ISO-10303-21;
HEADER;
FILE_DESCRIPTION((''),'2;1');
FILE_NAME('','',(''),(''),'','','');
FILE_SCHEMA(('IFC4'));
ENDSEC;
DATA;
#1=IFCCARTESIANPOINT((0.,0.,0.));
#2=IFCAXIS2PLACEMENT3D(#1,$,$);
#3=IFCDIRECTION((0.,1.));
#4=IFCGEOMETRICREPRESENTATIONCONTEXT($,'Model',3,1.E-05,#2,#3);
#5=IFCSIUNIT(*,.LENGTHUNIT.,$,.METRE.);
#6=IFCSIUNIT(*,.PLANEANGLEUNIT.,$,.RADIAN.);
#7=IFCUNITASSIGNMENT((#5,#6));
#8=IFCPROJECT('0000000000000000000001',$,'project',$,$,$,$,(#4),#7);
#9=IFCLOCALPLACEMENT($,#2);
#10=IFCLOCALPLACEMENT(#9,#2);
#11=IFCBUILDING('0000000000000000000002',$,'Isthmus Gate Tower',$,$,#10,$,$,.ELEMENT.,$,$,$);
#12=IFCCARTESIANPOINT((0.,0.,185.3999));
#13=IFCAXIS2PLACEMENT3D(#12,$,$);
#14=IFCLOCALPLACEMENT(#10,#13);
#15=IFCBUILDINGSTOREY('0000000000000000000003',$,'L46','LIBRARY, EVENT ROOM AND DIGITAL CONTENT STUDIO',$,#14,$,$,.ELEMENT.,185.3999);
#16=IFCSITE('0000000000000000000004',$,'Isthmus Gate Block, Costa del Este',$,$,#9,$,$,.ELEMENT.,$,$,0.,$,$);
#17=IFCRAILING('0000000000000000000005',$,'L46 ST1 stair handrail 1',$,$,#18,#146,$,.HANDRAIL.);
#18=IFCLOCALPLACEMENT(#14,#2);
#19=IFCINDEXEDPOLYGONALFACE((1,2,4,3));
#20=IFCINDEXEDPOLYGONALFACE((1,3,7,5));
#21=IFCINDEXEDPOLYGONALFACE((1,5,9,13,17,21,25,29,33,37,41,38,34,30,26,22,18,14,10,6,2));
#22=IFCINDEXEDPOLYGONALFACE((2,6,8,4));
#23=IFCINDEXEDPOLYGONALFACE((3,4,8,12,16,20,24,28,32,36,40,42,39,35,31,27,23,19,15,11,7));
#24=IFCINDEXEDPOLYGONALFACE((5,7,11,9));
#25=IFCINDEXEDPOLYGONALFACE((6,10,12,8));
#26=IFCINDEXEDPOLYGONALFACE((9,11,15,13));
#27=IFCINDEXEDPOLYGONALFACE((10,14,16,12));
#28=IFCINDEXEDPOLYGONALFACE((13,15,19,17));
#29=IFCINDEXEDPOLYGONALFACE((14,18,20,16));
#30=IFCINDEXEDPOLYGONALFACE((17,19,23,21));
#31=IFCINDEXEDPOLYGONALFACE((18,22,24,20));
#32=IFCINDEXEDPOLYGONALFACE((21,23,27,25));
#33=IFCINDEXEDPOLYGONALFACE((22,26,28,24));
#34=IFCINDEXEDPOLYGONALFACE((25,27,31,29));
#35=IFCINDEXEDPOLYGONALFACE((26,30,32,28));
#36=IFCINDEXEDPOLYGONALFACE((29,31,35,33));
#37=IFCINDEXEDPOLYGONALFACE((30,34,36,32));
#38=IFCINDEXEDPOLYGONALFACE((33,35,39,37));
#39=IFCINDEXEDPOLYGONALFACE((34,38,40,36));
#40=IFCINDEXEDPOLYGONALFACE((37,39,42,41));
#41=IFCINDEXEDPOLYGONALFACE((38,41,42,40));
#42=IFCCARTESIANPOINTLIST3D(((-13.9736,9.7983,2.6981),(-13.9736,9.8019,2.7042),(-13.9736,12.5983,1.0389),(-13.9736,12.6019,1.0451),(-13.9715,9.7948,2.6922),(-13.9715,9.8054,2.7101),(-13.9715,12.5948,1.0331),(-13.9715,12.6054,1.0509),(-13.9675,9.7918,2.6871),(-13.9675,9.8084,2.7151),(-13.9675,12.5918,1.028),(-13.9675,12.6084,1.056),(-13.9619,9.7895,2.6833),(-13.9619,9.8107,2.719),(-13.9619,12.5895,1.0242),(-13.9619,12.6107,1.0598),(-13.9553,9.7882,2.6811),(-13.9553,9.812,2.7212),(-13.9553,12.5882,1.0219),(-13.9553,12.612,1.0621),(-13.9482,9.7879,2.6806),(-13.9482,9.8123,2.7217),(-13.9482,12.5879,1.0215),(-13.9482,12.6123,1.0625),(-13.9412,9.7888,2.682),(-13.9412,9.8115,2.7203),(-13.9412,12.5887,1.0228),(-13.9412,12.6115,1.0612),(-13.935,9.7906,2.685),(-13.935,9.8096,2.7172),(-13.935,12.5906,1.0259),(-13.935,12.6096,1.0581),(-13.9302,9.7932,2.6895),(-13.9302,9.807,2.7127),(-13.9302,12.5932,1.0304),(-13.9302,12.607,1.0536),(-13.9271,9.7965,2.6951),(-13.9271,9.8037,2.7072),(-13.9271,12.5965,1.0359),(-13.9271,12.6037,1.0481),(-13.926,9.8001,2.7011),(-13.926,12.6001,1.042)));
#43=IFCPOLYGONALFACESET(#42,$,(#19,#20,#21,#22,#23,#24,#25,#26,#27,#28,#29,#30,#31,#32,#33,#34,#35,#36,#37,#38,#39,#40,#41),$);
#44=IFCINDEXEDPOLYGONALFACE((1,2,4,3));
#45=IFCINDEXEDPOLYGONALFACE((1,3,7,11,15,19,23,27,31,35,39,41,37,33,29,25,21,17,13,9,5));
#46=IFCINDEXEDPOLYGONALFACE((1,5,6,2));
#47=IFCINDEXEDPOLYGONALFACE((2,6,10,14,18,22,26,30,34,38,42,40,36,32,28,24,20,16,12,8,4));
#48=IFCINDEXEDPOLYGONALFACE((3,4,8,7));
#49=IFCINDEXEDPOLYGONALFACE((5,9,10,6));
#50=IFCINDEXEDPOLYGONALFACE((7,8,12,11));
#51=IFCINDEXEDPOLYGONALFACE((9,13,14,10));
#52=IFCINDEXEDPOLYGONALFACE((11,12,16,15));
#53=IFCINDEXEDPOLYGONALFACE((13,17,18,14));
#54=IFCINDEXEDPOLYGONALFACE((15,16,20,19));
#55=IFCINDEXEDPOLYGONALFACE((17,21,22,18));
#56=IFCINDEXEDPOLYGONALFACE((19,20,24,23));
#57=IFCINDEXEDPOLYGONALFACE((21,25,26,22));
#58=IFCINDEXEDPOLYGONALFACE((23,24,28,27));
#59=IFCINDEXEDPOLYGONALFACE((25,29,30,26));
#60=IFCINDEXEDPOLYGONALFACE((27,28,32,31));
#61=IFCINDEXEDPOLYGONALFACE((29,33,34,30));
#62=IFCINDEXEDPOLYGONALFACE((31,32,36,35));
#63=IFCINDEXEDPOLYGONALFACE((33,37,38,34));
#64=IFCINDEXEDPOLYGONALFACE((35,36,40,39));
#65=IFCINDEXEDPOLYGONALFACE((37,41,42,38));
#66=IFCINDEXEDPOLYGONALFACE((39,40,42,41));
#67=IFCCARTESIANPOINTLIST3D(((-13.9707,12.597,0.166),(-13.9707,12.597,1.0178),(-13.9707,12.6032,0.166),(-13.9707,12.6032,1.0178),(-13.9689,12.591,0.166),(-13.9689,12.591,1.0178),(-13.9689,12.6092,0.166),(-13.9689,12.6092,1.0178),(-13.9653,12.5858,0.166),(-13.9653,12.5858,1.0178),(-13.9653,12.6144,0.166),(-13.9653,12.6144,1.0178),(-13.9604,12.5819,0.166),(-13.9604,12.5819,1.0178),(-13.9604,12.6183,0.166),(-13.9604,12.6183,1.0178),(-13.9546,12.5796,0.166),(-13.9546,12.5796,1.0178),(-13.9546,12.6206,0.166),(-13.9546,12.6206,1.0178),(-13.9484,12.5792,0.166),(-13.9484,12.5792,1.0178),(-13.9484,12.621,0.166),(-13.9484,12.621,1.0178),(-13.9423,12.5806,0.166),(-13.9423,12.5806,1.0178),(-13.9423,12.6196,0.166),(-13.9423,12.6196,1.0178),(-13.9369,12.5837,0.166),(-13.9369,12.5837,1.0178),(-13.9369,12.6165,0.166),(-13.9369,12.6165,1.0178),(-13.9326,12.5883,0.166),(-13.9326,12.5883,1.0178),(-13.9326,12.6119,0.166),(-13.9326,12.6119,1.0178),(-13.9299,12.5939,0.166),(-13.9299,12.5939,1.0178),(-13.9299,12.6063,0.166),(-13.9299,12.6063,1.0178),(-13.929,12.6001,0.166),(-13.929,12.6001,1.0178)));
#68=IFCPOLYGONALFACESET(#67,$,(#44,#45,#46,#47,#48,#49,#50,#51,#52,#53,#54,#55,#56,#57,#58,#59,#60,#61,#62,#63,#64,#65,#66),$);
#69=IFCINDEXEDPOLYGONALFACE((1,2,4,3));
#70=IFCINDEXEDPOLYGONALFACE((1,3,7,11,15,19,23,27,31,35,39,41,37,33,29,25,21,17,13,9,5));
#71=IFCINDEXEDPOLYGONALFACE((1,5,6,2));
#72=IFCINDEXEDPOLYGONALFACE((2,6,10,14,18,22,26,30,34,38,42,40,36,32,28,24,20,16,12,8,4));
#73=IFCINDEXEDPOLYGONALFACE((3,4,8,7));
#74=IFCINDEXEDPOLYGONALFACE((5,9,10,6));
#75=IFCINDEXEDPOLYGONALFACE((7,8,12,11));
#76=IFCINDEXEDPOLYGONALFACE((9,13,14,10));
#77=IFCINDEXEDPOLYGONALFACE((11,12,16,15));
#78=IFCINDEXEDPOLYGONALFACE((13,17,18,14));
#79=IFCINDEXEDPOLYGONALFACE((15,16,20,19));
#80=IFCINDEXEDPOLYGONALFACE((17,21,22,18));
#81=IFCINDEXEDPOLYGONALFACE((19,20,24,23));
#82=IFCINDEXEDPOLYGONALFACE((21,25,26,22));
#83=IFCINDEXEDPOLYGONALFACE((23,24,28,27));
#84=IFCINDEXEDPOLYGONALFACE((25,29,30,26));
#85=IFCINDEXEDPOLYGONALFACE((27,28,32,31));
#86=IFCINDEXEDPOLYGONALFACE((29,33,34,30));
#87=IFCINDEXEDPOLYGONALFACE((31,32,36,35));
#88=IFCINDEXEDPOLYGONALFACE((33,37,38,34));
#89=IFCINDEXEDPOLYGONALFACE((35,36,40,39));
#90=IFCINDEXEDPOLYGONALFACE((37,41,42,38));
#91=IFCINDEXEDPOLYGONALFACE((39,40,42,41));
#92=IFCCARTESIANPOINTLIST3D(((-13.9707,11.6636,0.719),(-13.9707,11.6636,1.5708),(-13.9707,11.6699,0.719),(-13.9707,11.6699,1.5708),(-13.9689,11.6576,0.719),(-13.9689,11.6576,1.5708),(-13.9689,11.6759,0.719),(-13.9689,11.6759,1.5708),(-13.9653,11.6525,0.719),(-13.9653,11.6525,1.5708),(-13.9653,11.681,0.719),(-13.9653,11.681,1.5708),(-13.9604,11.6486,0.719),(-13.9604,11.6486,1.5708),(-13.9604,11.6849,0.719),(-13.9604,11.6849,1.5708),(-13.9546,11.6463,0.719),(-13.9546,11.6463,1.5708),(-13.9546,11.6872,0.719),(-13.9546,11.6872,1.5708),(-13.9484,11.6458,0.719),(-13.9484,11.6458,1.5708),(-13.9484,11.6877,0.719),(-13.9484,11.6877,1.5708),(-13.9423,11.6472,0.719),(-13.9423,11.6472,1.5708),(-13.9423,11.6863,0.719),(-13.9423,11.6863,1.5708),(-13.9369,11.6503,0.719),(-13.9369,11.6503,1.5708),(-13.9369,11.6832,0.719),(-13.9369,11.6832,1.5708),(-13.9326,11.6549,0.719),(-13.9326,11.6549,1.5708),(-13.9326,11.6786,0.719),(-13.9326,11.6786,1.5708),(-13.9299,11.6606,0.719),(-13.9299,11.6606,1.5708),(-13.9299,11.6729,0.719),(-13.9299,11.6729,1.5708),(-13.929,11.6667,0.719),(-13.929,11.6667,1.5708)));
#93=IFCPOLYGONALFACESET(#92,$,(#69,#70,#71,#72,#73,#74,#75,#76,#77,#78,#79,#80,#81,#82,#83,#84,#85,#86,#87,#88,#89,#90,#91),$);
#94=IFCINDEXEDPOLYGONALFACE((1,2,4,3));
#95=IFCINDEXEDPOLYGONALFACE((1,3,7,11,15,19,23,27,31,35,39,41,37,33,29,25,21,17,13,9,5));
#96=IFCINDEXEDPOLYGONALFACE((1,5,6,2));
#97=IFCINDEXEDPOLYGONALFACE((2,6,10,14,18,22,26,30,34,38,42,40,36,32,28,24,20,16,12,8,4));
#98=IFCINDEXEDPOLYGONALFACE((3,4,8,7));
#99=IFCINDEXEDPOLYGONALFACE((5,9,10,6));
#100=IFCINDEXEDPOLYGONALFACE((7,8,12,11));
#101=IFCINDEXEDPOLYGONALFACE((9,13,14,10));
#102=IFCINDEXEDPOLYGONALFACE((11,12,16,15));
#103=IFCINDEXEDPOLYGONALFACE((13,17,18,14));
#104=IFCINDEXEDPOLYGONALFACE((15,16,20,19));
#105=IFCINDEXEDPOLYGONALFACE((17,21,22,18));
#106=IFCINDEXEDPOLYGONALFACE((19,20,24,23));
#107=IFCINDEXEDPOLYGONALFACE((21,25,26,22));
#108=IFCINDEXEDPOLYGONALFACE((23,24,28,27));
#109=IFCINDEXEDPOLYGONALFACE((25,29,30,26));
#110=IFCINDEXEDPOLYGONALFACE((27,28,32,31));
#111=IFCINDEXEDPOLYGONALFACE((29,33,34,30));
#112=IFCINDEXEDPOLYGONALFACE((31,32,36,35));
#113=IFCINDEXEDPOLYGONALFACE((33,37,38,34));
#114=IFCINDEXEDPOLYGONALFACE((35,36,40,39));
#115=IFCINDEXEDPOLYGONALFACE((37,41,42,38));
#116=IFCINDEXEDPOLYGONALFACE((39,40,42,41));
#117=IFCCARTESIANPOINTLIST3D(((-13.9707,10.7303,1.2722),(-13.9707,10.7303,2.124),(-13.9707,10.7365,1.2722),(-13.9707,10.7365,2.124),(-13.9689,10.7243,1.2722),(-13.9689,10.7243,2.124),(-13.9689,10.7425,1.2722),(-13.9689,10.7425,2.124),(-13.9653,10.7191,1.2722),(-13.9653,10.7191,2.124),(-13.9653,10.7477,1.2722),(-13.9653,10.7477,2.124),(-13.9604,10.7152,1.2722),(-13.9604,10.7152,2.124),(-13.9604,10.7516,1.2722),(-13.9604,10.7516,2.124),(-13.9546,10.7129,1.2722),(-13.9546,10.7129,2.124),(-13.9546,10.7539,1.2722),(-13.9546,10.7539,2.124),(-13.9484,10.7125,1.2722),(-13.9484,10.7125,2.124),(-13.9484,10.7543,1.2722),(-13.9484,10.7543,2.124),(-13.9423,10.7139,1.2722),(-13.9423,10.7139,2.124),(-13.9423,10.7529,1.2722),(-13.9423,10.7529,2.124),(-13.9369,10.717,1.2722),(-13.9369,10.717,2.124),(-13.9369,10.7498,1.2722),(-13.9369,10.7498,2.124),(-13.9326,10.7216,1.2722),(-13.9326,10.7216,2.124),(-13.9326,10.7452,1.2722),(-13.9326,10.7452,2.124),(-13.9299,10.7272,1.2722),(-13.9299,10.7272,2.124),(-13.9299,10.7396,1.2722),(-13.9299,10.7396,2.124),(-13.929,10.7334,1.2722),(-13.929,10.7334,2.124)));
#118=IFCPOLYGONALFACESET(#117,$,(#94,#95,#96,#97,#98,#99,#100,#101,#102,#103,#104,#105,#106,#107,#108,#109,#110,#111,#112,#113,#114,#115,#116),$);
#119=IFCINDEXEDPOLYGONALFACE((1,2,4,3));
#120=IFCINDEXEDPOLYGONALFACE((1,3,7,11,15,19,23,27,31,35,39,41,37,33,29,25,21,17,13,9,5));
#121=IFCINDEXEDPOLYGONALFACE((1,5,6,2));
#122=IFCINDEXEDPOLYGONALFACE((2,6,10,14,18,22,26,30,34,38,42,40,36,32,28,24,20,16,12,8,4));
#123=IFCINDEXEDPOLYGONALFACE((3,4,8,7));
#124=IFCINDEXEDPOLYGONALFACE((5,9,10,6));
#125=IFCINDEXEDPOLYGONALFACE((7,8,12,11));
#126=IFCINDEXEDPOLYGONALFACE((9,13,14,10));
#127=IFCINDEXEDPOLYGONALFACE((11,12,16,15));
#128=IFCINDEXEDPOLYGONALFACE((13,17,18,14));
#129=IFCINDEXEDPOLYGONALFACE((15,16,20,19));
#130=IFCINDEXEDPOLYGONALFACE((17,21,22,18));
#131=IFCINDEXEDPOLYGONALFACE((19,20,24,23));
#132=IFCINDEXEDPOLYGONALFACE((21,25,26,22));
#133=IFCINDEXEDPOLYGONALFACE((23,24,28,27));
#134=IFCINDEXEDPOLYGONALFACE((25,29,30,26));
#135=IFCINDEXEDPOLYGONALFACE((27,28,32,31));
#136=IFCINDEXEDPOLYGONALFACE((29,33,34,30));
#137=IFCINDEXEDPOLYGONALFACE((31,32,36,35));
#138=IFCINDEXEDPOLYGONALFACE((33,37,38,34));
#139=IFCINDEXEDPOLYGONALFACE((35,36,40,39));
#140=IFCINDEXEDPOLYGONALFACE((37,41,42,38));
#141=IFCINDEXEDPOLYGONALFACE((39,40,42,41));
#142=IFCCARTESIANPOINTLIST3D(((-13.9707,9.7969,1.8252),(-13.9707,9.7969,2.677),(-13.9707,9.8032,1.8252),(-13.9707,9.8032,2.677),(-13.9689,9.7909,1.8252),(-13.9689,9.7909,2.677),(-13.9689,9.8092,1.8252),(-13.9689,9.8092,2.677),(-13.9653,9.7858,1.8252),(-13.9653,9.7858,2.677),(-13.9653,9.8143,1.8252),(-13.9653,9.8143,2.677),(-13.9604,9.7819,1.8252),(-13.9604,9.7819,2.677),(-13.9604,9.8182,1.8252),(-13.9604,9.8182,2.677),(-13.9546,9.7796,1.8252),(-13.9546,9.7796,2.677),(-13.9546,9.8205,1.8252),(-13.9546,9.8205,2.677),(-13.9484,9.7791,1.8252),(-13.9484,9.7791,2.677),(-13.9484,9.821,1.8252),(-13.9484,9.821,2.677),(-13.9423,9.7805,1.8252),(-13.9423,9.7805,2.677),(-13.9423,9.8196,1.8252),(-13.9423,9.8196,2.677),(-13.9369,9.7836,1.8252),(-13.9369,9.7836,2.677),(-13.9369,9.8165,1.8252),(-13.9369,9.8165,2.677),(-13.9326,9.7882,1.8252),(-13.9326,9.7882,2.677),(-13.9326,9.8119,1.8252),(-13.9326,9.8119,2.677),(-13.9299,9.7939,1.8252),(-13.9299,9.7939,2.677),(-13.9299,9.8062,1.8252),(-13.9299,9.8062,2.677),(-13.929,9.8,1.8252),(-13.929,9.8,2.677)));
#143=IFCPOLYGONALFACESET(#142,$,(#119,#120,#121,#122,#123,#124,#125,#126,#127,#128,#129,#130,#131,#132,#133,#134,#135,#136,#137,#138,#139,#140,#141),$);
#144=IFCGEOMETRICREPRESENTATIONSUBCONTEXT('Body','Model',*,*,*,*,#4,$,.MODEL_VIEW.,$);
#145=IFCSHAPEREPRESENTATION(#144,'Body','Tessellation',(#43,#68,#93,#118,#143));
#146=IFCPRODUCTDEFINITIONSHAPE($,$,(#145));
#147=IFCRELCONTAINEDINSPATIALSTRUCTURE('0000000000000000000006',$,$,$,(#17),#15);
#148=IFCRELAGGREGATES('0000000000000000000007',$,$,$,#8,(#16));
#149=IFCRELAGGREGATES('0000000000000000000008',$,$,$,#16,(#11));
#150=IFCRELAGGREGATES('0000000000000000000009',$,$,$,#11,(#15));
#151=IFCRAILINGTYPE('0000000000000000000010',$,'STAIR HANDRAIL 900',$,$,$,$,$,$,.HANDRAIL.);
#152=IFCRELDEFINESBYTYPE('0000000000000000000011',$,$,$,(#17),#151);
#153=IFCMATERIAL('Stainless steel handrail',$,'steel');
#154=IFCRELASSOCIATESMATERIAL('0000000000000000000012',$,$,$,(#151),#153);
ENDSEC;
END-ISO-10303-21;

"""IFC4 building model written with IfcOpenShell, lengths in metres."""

from ifc_helpers import new_model, si_unit, direction, frame, origin, origin_2d, place, context, subcontext, project, spatial, circle, extrude, material, type_object, element, save


model = new_model("IFC4")

# Units and contexts
model_context = context("Model", 3, precision=1e-05, world=origin(), true_north=direction((0.0, 1.0)))
body_context = subcontext(model_context, "Body", "Model", "MODEL_VIEW")
ifc_project = project(units=[si_unit("LENGTHUNIT", "METRE"), si_unit("PLANEANGLEUNIT", "RADIAN")], contexts=[model_context])

# Site, building, storey
site_placement = place(None, origin())
site = spatial("IfcSite", under=ifc_project, at=site_placement, Name="Isthmus Gate Block, Costa del Este", CompositionType="ELEMENT", RefElevation=0.0)
building_placement = place(site_placement, origin())
building = spatial("IfcBuilding", under=site, at=building_placement, Name="Isthmus Gate Tower", CompositionType="ELEMENT")
storey_placement = place(building_placement, frame((0.0, 0.0, 185.3999)))
storey = spatial("IfcBuildingStorey", under=building, at=storey_placement, Name="L46", Description="LIBRARY, EVENT ROOM AND DIGITAL CONTENT STUDIO", CompositionType="ELEMENT", Elevation=185.3999)

# Railing
ifc_material_1 = material(Name="Stainless steel handrail", Category="steel")
railing_type_1 = type_object("IfcRailingType", Name="STAIR HANDRAIL 900", PredefinedType="HANDRAIL", material=ifc_material_1)
railing_1_placement = place(storey_placement, frame((-13.95, 12.6001, 0.166)))
element("IfcRailing", 1, at=railing_1_placement, inside=storey, type_object=railing_type_1, Name="L46 ST1 stair handrail 1", PredefinedType="HANDRAIL", context=body_context, shape_type="SweptSolid", body=[
    extrude(circle(Radius=0.0239, at=origin_2d()), frame((0.0, 0.0, 0.876), z_axis=(0.0, -0.860306, 0.509778), x_axis=(1.0, 0.0, 0.0)), (0.0, 0.0, 1.0), 3.2546),
    extrude(circle(Radius=0.021, at=origin_2d()), origin(), (0.0, 0.0, 1.0), 0.8518),
    extrude(circle(Radius=0.021, at=origin_2d()), frame((0.0, -0.9333, 0.553)), (0.0, 0.0, 1.0), 0.8518),
    extrude(circle(Radius=0.021, at=origin_2d()), frame((0.0, -1.8667, 1.1062)), (0.0, 0.0, 1.0), 0.8518),
    extrude(circle(Radius=0.021, at=origin_2d()), frame((0.0, -2.8, 1.6592)), (0.0, 0.0, 1.0), 0.8518),
])

save(model, "model.ifc")
